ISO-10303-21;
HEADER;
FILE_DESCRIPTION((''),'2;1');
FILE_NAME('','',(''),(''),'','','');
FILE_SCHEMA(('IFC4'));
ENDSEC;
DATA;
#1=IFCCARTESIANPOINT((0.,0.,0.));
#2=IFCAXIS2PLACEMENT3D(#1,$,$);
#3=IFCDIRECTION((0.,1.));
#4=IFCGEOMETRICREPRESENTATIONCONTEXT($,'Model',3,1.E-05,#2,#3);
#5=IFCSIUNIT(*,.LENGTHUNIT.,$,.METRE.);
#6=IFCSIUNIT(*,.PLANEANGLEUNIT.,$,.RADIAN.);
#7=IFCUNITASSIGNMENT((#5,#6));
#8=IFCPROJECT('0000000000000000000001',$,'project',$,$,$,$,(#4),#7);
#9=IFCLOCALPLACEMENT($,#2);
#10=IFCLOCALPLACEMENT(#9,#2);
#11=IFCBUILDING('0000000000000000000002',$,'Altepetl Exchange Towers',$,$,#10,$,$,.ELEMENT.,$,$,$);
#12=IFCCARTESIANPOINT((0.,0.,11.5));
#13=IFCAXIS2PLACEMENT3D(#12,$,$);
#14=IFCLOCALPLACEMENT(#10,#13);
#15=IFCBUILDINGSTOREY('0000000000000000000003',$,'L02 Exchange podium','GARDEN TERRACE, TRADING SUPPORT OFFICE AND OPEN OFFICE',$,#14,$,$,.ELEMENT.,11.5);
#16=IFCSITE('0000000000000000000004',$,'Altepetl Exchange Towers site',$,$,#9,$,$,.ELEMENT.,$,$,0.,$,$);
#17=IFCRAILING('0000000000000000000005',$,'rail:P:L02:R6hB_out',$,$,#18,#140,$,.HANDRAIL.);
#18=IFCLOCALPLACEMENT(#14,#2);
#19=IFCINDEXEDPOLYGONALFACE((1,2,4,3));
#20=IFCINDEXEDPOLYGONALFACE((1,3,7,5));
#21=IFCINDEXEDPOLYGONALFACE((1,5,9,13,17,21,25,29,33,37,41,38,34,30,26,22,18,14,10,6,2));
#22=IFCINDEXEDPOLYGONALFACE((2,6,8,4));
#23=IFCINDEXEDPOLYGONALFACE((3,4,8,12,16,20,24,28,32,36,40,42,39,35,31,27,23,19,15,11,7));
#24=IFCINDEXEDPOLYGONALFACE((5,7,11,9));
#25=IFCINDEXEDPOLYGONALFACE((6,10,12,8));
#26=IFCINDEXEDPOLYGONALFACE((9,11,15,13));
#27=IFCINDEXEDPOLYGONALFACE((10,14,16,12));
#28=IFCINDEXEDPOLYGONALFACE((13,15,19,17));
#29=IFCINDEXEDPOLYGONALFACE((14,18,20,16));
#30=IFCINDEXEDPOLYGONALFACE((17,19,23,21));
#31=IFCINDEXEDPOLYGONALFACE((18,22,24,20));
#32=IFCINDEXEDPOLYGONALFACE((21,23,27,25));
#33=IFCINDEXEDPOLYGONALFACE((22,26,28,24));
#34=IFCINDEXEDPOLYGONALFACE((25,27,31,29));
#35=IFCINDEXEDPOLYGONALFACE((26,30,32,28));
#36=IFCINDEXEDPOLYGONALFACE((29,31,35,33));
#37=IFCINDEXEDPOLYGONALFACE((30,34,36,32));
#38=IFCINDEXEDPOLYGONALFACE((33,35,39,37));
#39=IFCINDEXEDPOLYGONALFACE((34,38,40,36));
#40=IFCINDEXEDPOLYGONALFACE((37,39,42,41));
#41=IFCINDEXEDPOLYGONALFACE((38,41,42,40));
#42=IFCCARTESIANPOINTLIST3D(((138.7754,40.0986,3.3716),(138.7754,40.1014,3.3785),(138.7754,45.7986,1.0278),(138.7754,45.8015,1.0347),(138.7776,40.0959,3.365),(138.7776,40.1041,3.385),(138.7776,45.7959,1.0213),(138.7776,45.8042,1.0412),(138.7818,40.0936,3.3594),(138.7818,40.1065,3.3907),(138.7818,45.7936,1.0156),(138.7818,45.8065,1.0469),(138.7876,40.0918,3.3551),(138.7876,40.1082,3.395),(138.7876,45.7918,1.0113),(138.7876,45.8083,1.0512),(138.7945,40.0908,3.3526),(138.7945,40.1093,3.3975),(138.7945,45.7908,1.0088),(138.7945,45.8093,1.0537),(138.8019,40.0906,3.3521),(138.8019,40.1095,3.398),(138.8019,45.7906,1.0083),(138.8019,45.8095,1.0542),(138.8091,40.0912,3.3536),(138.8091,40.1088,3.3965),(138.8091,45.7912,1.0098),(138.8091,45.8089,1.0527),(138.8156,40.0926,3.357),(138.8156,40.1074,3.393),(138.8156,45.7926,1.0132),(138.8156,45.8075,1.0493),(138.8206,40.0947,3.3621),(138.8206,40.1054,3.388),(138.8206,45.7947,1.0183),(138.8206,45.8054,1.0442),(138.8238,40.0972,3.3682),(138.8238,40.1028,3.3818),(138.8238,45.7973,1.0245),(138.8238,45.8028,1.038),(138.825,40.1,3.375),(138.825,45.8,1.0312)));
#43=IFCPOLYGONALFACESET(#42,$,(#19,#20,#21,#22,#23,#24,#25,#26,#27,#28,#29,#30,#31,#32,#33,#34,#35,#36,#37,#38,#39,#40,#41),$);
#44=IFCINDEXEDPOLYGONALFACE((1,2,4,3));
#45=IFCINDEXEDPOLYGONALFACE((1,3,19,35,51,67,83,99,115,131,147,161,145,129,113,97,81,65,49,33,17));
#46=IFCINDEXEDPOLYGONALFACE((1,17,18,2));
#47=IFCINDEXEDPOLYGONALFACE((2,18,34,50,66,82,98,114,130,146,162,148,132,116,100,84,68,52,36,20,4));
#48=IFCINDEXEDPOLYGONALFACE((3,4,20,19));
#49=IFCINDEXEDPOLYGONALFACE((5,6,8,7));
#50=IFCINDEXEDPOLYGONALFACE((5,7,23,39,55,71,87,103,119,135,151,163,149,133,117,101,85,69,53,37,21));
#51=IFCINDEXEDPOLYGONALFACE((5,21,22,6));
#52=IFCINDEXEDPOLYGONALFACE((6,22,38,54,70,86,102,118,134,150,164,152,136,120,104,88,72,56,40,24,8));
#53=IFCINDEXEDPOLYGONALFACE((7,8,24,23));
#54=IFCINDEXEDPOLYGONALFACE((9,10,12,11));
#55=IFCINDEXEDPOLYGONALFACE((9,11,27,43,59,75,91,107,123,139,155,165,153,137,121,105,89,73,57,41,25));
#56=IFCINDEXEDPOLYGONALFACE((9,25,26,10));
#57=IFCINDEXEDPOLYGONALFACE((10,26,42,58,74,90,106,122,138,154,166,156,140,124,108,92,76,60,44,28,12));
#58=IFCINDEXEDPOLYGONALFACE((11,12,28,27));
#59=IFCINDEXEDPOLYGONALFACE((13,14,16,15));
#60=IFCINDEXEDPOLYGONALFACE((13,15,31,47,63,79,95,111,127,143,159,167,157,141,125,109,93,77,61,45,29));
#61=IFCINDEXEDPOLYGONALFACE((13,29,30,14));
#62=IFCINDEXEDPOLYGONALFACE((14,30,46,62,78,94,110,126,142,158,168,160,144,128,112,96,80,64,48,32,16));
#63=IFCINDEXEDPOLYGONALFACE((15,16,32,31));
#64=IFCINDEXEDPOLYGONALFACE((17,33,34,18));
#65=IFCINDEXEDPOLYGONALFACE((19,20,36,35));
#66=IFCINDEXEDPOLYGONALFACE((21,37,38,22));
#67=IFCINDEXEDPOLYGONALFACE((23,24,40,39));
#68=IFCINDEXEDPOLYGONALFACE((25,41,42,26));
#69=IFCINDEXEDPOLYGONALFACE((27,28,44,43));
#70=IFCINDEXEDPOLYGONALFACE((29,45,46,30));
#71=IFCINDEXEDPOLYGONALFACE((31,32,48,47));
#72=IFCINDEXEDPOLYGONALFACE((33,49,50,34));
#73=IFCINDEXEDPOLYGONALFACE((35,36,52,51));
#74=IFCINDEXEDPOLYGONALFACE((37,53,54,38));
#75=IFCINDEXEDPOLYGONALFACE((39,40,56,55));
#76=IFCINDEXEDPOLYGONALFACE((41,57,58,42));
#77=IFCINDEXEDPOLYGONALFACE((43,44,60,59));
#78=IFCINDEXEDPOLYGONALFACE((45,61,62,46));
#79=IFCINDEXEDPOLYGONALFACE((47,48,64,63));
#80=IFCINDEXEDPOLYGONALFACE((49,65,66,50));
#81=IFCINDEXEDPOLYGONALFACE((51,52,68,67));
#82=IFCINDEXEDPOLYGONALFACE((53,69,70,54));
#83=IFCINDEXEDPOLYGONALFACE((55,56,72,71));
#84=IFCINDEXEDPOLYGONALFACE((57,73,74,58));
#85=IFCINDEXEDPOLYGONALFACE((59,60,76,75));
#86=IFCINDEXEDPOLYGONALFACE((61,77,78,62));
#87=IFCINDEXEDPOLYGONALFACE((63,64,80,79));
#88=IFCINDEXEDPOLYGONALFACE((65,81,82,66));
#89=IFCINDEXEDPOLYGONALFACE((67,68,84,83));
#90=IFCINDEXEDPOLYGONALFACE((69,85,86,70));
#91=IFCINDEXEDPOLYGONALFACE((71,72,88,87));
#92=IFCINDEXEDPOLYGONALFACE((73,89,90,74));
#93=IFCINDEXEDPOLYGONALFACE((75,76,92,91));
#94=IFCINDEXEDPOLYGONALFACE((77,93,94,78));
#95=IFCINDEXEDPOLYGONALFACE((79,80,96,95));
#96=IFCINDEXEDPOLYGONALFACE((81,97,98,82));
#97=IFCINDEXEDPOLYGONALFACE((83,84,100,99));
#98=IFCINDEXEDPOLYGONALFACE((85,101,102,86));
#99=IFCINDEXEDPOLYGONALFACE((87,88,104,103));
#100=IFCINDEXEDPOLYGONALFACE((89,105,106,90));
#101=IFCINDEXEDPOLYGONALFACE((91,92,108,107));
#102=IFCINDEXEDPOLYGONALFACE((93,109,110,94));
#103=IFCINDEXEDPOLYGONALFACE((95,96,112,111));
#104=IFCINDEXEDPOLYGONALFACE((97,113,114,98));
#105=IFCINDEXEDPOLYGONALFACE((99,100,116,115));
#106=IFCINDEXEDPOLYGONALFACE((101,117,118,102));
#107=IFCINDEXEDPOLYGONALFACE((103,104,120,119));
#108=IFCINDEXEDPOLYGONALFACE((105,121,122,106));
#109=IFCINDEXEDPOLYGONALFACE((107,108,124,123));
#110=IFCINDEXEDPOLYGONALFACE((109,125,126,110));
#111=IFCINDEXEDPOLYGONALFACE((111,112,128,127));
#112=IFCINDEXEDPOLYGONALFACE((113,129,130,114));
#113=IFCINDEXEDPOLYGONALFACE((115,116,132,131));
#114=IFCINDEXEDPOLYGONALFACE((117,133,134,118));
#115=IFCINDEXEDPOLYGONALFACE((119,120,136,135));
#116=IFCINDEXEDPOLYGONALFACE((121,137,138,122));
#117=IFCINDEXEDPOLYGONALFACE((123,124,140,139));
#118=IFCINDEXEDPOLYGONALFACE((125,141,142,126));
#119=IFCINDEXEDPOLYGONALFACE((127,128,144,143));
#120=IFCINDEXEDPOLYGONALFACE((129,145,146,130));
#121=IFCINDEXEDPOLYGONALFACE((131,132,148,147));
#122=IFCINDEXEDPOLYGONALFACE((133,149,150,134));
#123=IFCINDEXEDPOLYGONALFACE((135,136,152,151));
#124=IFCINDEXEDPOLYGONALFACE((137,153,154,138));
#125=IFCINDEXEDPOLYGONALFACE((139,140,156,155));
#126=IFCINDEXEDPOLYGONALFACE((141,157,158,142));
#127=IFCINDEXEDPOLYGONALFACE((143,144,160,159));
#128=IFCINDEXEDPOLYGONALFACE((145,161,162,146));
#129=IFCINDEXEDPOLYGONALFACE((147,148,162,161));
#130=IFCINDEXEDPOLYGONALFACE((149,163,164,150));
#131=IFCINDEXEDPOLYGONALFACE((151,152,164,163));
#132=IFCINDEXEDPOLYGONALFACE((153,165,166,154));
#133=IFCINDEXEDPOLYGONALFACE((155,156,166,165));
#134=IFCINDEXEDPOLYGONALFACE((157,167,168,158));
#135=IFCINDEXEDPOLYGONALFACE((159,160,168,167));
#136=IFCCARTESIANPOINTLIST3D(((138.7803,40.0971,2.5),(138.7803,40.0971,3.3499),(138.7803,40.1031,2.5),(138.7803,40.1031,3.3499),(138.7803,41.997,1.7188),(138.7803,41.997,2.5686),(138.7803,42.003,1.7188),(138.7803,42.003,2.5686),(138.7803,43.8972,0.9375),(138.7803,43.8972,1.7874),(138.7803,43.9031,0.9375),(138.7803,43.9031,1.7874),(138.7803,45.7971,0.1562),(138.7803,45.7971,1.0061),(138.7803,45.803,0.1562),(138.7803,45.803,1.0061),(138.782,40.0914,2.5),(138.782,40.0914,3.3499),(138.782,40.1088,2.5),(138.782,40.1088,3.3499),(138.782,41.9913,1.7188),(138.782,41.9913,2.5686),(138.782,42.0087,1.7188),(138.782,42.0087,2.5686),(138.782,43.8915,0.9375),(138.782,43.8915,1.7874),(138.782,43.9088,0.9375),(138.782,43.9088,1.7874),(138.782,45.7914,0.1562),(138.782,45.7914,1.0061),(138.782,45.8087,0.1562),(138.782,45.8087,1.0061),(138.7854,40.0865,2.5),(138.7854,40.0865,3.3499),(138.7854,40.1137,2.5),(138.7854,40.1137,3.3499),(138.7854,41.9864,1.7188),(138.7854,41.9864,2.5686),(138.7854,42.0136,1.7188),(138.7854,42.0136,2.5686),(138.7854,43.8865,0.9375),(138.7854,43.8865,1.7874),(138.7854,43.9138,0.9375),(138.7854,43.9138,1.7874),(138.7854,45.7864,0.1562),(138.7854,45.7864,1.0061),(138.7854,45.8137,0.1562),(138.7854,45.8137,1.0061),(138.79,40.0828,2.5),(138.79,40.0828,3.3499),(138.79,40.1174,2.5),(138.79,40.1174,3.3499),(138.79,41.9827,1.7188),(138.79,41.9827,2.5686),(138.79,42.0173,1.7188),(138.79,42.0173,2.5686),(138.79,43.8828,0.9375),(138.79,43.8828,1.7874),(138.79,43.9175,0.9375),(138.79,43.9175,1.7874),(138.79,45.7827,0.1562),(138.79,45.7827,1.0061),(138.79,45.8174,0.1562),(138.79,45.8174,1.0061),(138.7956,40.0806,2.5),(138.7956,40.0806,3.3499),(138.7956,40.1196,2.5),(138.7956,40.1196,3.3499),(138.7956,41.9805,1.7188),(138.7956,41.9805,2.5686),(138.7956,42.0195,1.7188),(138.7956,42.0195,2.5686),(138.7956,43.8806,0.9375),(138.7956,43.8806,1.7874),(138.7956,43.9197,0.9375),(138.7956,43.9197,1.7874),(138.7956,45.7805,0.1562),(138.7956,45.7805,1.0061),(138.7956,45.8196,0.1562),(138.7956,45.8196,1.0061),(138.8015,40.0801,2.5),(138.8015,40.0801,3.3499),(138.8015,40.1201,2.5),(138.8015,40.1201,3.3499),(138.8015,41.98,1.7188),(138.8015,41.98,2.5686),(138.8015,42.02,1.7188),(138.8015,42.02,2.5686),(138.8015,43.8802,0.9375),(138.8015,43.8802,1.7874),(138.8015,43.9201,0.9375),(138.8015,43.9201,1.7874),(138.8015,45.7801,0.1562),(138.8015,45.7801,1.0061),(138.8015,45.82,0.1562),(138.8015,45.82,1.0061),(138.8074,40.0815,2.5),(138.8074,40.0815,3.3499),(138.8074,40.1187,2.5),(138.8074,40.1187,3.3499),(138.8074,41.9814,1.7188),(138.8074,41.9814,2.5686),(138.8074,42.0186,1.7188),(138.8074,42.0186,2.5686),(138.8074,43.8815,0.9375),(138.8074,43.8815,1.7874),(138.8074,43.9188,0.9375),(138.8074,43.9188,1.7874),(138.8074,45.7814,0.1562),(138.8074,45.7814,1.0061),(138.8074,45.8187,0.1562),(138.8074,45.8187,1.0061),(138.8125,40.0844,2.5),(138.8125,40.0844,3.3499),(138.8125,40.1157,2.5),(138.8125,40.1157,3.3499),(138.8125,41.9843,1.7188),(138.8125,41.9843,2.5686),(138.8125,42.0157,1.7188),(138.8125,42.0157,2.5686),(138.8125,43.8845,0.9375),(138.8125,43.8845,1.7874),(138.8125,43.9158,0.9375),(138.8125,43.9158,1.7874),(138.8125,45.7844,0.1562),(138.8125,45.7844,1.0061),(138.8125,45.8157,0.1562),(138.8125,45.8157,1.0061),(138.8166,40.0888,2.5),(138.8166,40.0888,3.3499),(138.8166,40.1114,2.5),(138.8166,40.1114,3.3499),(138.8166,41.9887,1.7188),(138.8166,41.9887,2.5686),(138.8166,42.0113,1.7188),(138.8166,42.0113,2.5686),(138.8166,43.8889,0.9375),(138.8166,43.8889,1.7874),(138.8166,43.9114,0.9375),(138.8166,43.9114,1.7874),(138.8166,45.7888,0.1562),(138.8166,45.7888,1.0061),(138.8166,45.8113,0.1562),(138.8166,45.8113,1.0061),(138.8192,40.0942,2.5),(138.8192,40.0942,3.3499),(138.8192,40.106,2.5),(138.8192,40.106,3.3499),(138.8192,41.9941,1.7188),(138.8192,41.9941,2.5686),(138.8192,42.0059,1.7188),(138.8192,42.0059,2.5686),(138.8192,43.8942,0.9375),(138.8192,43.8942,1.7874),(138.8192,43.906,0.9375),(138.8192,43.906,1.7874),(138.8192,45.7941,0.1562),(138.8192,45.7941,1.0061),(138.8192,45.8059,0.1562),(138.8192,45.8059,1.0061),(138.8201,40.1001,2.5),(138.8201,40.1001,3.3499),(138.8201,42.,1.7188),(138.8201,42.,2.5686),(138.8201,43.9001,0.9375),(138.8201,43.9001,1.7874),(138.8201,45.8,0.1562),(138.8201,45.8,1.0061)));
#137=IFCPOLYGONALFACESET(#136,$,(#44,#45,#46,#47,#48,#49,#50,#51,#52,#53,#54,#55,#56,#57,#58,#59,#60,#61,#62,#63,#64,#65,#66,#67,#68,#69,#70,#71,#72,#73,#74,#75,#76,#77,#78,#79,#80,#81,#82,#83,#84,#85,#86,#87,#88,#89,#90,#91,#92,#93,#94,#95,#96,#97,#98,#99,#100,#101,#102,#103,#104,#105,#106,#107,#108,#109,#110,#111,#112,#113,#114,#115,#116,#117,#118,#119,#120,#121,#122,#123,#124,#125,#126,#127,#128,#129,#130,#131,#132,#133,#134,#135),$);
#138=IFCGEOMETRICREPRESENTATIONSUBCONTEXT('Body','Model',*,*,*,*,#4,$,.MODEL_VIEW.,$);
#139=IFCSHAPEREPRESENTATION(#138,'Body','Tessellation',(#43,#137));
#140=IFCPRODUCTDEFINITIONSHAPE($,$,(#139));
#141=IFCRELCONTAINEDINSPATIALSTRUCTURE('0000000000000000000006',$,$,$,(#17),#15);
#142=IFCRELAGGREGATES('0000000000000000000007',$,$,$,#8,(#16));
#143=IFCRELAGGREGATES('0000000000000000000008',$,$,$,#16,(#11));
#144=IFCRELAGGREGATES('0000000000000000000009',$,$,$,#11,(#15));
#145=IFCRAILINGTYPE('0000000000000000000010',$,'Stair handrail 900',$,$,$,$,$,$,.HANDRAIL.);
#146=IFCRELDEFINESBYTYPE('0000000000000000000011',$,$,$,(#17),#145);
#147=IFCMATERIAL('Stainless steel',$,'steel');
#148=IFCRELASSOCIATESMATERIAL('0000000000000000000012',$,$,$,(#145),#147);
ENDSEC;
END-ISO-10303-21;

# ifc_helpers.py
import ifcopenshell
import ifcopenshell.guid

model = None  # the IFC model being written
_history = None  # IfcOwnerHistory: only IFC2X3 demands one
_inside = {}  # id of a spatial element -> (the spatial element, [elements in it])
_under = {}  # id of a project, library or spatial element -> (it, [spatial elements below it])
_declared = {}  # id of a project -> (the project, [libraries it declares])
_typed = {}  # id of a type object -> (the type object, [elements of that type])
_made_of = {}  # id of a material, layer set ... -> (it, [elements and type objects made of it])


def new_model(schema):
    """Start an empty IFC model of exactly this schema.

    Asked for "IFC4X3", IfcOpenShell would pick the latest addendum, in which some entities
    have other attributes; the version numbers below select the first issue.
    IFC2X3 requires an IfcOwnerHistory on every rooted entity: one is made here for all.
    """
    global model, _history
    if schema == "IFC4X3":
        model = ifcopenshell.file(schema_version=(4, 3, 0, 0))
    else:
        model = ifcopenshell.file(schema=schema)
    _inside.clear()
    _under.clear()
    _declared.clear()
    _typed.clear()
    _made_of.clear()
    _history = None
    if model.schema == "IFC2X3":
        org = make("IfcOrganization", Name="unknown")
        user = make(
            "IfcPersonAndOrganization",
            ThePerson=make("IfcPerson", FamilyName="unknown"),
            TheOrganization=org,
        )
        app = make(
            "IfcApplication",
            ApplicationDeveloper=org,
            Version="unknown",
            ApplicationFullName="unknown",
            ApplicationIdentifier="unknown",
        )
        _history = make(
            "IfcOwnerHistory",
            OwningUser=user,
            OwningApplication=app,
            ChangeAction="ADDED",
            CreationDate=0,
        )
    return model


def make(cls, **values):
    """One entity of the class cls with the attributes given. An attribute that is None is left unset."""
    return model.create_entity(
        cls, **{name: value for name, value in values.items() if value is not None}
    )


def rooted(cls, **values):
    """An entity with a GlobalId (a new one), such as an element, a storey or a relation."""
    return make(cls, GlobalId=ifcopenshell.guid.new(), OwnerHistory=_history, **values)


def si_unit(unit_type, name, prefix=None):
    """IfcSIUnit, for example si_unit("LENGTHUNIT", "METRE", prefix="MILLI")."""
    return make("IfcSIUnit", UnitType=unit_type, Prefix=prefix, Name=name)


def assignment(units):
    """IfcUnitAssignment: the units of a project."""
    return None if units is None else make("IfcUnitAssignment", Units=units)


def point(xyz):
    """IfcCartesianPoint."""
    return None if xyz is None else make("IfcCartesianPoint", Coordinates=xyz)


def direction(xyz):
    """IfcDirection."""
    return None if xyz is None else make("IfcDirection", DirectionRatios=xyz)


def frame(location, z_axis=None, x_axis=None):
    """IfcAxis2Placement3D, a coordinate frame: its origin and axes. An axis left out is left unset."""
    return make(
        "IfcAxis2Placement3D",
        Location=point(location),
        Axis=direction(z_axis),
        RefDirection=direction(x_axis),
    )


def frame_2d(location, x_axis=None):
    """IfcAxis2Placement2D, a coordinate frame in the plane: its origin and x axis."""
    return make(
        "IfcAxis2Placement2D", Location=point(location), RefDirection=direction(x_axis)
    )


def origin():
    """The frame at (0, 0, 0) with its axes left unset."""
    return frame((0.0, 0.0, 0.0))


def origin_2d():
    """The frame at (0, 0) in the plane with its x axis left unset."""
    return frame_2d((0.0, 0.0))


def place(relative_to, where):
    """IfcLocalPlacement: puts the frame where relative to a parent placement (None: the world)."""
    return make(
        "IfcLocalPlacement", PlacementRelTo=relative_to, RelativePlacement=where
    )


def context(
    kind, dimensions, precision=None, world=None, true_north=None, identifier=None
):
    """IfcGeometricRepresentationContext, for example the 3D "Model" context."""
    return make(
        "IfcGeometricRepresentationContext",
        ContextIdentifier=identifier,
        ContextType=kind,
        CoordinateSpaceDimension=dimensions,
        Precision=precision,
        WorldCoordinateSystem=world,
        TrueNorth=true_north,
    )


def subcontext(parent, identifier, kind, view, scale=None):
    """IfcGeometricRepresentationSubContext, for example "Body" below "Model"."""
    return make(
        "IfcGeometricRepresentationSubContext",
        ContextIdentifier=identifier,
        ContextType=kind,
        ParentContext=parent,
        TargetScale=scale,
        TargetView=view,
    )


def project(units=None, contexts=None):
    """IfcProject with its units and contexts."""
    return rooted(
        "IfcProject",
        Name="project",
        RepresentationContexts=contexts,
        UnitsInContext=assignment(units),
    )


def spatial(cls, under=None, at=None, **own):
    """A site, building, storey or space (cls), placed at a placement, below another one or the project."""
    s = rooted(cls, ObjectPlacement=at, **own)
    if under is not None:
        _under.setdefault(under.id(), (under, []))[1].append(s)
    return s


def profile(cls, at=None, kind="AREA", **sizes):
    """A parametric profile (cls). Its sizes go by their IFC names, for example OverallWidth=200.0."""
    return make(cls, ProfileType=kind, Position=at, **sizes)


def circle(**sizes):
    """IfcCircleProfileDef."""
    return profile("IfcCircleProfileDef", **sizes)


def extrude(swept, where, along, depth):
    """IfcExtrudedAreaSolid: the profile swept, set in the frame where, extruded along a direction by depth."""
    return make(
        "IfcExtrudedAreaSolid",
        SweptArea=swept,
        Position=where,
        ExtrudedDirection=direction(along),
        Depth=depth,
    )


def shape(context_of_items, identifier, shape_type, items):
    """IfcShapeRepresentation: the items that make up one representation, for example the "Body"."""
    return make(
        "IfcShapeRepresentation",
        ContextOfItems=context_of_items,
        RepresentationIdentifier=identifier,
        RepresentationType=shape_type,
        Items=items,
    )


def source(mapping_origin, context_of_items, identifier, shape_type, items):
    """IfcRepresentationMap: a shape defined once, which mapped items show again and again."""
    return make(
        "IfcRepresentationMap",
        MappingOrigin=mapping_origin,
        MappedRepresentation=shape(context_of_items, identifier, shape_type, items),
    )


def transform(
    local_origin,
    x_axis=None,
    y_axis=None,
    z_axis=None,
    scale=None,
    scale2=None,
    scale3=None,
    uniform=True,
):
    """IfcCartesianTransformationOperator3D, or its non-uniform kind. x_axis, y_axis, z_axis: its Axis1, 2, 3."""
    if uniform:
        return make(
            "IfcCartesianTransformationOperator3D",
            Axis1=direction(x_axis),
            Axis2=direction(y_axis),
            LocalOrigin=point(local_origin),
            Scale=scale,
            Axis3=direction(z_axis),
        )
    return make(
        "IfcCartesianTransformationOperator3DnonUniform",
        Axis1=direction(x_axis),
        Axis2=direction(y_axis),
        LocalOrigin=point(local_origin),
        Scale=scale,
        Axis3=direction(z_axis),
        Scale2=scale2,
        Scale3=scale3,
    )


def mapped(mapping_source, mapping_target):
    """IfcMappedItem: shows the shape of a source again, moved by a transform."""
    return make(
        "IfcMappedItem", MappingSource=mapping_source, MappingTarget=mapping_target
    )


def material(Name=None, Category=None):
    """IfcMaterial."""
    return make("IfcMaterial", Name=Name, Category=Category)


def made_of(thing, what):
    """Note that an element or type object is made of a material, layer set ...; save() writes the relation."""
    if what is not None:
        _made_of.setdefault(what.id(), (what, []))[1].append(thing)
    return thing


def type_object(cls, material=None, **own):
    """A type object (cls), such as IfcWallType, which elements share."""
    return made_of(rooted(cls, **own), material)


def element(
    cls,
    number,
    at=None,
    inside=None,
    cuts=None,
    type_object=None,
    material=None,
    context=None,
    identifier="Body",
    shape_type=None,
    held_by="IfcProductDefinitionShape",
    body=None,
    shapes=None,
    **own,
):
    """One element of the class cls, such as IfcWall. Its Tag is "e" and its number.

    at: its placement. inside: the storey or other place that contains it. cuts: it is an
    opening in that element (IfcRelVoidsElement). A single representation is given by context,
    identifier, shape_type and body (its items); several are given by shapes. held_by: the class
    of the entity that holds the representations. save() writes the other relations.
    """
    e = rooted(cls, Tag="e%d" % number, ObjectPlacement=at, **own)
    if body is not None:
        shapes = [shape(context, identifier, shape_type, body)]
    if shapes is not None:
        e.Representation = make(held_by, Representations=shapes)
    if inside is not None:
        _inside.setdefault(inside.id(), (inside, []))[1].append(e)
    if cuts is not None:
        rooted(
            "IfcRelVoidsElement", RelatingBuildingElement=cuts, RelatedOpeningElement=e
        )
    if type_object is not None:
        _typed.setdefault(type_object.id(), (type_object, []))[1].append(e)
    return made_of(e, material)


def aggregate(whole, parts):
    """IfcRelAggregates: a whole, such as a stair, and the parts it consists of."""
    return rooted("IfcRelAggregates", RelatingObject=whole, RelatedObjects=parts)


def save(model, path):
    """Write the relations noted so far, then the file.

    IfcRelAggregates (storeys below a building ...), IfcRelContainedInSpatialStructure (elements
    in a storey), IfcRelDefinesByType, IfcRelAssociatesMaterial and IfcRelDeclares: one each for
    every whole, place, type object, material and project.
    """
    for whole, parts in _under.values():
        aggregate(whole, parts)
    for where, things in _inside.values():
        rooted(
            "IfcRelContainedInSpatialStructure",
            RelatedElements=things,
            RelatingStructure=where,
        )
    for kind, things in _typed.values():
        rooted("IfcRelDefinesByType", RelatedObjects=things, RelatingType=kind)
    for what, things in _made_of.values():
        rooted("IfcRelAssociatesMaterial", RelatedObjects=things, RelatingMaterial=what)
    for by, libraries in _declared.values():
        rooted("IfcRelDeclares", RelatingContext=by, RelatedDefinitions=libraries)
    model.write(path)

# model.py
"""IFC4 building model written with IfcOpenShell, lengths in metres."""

from ifc_helpers import new_model, si_unit, direction, frame, origin, origin_2d, place, context, subcontext, project, spatial, circle, extrude, source, transform, mapped, material, type_object, element, save


model = new_model("IFC4")

# Units and contexts
model_context = context("Model", 3, precision=1e-05, world=origin(), true_north=direction((0.0, 1.0)))
body_context = subcontext(model_context, "Body", "Model", "MODEL_VIEW")
ifc_project = project(units=[si_unit("LENGTHUNIT", "METRE"), si_unit("PLANEANGLEUNIT", "RADIAN")], contexts=[model_context])

# Site, building, storey
site_placement = place(None, origin())
site = spatial("IfcSite", under=ifc_project, at=site_placement, Name="Altepetl Exchange Towers site", CompositionType="ELEMENT", RefElevation=0.0)
building_placement = place(site_placement, origin())
building = spatial("IfcBuilding", under=site, at=building_placement, Name="Altepetl Exchange Towers", CompositionType="ELEMENT")
storey_placement = place(building_placement, frame((0.0, 0.0, 11.5)))
storey = spatial("IfcBuildingStorey", under=building, at=storey_placement, Name="L02 Exchange podium", Description="GARDEN TERRACE, TRADING SUPPORT OFFICE AND OPEN OFFICE", CompositionType="ELEMENT", Elevation=11.5)

# Railing
ifc_material_1 = material(Name="Stainless steel", Category="steel")
railing_type_1 = type_object("IfcRailingType", Name="Stair handrail 900", PredefinedType="HANDRAIL", material=ifc_material_1)
shared_shape_1 = source(origin(), body_context, "Body", "SweptSolid", [
    extrude(circle(Radius=0.02, at=origin_2d()), origin(), (0.0, 0.0, 1.0), 0.8499),
])
for number, where, name in (
    (1, (138.8, 45.8, 0.1562), "rail:P:L02:R6hB_out"),
):
    element("IfcRailing", number, at=place(storey_placement, frame(where)), inside=storey, type_object=railing_type_1, Name=name, PredefinedType="HANDRAIL", context=body_context, shape_type="SweptSolid", body=[
        extrude(circle(Radius=0.0249, at=origin_2d()), frame((0.0, 0.0, 0.875), z_axis=(0.0, -0.924866, 0.380293), x_axis=(1.0, 0.0, 0.0)), (0.0, 0.0, 1.0), 6.1631),
        mapped(shared_shape_1, transform((0.0, 0.0, 0.0))),
        mapped(shared_shape_1, transform((0.0, -1.8999, 0.7812))),
        mapped(shared_shape_1, transform((0.0, -3.8, 1.5625))),
        mapped(shared_shape_1, transform((0.0, -5.7, 2.3438))),
    ])

save(model, "model.ifc")
